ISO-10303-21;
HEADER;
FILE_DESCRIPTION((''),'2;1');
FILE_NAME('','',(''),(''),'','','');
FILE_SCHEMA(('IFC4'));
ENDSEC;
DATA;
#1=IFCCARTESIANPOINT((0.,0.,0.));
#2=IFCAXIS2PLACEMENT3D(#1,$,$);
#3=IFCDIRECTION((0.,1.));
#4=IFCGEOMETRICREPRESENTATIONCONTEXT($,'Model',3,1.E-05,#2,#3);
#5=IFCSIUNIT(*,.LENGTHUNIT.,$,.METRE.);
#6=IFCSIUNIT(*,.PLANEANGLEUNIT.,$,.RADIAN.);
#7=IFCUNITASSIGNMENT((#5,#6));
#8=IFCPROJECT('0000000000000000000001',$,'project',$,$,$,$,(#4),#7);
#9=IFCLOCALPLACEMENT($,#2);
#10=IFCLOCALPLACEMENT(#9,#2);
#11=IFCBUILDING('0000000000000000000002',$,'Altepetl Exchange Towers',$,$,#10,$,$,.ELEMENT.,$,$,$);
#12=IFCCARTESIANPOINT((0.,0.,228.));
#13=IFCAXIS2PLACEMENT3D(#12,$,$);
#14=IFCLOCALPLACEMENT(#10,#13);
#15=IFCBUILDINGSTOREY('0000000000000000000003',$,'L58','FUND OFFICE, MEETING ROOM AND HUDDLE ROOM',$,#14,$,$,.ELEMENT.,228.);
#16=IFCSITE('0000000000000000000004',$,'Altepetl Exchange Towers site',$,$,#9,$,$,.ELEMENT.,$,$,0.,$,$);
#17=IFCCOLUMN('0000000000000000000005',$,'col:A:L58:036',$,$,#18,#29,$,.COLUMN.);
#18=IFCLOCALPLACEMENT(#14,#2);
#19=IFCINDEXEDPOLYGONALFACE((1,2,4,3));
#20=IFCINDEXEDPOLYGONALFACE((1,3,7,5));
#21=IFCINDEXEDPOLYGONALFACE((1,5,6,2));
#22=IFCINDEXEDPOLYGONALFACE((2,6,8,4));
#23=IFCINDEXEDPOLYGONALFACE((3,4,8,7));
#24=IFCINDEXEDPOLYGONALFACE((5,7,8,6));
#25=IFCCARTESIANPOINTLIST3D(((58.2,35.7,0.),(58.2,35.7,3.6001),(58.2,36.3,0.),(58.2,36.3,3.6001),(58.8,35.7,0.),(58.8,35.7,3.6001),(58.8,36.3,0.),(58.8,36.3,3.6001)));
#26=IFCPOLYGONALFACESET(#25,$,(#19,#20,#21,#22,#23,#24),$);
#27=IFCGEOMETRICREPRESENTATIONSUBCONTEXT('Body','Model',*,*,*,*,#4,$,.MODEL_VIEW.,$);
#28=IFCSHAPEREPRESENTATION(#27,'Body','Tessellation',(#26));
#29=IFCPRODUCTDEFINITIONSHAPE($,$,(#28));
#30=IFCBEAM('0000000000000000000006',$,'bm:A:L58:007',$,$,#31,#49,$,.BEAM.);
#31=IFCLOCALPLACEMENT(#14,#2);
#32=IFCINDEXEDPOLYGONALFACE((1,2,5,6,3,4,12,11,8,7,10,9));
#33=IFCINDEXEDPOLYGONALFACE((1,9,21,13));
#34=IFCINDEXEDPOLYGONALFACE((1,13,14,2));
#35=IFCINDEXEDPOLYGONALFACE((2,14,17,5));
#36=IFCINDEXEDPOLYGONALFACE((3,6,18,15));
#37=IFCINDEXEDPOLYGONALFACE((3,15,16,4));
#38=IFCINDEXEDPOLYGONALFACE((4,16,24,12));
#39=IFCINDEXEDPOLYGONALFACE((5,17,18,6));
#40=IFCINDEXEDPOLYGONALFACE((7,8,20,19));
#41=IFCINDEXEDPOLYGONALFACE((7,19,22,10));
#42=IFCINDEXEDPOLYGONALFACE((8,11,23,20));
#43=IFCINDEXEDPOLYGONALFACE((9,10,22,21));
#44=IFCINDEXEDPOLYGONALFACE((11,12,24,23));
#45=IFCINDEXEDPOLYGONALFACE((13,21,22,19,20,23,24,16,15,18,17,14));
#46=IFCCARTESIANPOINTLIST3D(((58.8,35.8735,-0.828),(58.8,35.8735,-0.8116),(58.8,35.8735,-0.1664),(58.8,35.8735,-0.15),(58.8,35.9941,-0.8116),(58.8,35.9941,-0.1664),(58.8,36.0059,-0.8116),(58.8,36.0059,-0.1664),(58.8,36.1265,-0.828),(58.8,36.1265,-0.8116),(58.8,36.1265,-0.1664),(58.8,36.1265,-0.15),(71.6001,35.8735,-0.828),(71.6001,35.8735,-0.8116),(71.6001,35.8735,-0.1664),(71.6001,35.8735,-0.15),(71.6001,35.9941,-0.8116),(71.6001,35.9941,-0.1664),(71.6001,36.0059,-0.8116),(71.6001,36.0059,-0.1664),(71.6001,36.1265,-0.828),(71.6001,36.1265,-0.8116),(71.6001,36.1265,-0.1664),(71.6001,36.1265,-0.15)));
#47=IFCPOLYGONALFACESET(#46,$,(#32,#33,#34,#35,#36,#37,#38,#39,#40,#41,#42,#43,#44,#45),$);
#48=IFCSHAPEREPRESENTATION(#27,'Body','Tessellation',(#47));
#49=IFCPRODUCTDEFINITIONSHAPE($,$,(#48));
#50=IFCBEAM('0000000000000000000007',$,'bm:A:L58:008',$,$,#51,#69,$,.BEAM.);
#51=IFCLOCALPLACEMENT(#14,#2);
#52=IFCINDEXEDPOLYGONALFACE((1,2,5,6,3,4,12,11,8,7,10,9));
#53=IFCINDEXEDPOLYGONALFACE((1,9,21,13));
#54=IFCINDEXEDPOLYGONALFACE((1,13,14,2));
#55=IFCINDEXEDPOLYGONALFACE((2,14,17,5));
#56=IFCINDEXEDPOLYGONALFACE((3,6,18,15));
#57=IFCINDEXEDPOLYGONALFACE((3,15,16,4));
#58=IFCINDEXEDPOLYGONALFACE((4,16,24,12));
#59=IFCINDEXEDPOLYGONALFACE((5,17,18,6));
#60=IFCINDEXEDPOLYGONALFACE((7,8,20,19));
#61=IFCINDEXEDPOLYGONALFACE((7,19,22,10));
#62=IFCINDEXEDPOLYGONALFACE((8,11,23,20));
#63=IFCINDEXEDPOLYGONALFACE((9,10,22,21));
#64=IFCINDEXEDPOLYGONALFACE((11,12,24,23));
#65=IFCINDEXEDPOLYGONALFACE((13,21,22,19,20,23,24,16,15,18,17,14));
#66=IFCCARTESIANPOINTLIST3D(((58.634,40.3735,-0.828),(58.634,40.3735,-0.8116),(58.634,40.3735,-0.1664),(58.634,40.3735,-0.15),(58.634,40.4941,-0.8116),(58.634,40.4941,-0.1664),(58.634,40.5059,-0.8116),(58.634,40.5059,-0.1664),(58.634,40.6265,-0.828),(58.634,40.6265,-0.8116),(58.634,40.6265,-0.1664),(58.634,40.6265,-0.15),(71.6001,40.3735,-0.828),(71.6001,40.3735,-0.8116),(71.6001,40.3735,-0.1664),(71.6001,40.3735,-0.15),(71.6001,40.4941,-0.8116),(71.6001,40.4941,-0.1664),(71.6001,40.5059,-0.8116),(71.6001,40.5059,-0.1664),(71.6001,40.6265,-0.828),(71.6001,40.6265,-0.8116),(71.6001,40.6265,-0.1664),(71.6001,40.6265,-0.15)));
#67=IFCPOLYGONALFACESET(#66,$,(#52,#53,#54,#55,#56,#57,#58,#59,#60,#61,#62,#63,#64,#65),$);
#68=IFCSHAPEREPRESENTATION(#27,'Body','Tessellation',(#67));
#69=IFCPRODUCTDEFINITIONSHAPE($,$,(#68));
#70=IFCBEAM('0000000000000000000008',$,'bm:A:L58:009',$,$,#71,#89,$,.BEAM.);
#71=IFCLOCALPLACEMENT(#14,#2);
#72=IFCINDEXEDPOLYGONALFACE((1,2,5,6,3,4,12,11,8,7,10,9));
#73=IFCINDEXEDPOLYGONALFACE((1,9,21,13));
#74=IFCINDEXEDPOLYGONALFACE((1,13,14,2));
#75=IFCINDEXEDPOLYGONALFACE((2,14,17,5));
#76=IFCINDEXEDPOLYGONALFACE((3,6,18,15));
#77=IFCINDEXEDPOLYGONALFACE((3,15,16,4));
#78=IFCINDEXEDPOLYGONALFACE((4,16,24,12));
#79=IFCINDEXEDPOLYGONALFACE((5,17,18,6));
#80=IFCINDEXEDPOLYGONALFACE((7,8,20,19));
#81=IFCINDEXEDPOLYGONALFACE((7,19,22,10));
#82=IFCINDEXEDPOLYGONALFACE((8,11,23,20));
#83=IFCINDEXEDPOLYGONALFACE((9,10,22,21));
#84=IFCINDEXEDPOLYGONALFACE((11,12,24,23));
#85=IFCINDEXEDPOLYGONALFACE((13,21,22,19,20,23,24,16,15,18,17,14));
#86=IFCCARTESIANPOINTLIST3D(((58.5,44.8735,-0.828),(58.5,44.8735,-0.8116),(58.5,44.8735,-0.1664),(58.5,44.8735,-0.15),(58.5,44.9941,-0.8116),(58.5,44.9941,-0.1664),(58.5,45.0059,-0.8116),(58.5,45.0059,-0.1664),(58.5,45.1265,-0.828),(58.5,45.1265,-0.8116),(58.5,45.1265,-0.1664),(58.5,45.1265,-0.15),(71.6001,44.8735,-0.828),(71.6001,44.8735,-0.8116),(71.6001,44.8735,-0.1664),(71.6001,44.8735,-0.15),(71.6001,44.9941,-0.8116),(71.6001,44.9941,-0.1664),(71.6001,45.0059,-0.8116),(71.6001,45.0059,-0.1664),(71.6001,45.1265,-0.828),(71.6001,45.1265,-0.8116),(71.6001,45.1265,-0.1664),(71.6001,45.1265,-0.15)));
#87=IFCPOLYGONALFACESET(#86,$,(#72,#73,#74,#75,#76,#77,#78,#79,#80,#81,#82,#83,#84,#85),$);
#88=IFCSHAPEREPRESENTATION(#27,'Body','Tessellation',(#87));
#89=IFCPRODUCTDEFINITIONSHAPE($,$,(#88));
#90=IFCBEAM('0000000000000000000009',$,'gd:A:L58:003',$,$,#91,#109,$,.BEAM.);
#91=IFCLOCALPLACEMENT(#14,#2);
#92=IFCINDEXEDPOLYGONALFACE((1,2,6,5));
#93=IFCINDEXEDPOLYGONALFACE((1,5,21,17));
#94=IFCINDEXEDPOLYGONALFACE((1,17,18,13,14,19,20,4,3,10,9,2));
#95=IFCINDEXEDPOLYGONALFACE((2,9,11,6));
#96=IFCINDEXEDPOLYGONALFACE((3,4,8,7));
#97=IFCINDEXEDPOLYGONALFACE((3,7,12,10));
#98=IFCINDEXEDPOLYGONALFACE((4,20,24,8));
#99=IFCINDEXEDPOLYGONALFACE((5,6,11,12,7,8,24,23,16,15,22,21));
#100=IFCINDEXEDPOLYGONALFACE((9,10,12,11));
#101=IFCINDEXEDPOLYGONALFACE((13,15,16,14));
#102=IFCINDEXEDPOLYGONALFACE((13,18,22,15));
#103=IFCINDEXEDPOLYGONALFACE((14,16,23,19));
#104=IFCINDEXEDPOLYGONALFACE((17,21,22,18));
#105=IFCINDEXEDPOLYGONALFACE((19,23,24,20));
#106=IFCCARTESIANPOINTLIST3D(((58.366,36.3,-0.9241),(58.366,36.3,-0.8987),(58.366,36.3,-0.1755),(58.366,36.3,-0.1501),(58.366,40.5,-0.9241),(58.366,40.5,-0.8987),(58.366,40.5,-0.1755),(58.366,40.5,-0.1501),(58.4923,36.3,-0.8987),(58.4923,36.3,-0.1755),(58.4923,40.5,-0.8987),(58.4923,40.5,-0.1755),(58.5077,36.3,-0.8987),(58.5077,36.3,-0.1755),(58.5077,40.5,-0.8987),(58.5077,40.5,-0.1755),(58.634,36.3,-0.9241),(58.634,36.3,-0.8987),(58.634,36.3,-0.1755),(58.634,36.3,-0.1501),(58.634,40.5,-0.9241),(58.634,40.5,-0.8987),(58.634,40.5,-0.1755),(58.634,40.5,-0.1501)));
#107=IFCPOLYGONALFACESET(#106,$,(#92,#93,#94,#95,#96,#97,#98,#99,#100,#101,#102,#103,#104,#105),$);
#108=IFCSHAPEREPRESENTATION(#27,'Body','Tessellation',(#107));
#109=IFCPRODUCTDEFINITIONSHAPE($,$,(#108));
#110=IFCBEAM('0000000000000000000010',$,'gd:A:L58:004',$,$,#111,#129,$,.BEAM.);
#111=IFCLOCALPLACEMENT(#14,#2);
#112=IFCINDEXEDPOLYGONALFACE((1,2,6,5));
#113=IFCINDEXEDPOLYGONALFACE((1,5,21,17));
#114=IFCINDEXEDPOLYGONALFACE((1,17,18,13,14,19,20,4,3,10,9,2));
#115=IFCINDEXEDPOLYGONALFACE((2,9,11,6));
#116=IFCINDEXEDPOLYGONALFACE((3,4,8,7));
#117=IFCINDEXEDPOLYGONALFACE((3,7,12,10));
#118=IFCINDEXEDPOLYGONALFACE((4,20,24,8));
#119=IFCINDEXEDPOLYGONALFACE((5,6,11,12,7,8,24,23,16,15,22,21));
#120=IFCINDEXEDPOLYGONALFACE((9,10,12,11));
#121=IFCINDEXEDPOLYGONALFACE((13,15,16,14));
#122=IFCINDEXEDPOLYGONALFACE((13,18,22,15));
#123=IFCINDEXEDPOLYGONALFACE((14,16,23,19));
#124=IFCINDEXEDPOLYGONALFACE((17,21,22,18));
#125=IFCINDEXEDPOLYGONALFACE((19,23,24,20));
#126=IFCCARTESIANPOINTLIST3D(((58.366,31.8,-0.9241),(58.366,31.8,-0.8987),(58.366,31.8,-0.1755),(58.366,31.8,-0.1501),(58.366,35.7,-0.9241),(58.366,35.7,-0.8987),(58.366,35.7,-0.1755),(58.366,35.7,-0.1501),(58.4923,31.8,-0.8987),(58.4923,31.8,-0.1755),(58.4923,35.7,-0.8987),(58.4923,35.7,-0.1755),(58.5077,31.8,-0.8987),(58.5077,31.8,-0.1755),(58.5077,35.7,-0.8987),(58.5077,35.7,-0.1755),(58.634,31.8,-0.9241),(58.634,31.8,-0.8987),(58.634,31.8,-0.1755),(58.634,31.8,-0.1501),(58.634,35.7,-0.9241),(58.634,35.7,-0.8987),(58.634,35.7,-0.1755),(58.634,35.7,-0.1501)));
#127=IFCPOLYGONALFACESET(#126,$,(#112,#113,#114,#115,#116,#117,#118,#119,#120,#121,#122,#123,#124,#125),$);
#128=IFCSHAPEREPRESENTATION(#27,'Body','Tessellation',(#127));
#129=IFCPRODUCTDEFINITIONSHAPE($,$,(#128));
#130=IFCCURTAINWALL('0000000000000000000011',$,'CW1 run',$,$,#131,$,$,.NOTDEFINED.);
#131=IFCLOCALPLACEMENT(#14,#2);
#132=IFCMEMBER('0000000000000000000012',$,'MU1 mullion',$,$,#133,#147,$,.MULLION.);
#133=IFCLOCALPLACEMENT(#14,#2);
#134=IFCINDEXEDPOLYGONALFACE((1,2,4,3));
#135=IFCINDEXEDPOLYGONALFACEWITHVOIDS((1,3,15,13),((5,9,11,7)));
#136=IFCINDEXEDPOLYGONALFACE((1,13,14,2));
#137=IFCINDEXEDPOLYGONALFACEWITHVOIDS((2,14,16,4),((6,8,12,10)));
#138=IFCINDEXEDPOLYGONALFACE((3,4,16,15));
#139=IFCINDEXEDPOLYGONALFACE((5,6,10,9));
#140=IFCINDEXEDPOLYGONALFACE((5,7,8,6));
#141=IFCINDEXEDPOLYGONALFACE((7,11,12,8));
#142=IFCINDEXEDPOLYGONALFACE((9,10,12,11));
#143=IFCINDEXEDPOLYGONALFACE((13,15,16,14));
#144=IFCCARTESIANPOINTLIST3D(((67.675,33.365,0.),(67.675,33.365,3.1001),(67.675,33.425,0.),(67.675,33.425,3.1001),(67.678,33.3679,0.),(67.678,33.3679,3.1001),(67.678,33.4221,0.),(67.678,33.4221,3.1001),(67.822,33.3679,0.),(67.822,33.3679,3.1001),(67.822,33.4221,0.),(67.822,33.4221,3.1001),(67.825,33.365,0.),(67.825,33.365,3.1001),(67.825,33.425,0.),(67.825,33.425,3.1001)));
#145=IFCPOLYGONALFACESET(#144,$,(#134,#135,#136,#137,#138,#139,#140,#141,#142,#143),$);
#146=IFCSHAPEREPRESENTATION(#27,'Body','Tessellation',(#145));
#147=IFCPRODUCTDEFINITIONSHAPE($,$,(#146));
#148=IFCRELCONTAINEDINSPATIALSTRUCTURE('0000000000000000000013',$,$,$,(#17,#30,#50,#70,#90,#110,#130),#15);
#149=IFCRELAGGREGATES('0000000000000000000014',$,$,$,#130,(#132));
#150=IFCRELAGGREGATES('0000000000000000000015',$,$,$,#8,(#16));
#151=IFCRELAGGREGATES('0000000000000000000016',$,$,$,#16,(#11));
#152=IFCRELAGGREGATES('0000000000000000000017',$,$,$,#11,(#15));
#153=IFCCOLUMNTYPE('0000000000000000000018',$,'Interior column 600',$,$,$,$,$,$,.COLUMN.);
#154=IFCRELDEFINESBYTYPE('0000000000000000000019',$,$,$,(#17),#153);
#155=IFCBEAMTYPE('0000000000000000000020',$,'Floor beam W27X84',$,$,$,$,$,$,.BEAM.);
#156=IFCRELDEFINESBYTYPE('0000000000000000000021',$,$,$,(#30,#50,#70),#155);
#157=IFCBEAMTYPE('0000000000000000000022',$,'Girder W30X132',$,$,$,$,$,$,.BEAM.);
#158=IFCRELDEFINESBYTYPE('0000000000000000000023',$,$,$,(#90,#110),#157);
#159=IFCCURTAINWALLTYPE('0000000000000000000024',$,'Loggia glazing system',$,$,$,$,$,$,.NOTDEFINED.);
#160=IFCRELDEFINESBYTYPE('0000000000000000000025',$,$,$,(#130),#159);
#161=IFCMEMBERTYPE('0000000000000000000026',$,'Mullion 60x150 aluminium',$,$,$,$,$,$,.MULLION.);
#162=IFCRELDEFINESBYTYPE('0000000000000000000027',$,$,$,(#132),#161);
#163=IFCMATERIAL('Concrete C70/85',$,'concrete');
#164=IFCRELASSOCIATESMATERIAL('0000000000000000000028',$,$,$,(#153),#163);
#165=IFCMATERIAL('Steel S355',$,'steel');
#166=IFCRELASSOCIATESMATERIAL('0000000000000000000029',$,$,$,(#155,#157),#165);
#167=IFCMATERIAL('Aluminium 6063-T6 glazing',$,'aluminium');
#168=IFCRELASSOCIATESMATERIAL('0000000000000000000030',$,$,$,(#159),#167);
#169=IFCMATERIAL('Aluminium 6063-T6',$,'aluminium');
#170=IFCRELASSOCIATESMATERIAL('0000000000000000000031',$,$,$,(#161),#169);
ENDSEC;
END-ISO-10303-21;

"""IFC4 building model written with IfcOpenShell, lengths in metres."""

from ifc_helpers import new_model, si_unit, direction, frame, origin, origin_2d, place, context, subcontext, project, spatial, rectangle, hollow_rectangle, i_section, extrude, material, material_profile, profile_set, type_object, element, aggregate, save


model = new_model("IFC4")

# Units and contexts
model_context = context("Model", 3, precision=1e-05, world=origin(), true_north=direction((0.0, 1.0)))
body_context = subcontext(model_context, "Body", "Model", "MODEL_VIEW")
ifc_project = project(units=[si_unit("LENGTHUNIT", "METRE"), si_unit("PLANEANGLEUNIT", "RADIAN")], contexts=[model_context])

# Site, building, storey
site_placement = place(None, origin())
site = spatial("IfcSite", under=ifc_project, at=site_placement, Name="Altepetl Exchange Towers site", CompositionType="ELEMENT", RefElevation=0.0)
building_placement = place(site_placement, origin())
building = spatial("IfcBuilding", under=site, at=building_placement, Name="Altepetl Exchange Towers", CompositionType="ELEMENT")
storey_placement = place(building_placement, frame((0.0, 0.0, 228.0)))
storey = spatial("IfcBuildingStorey", under=building, at=storey_placement, Name="L58", Description="FUND OFFICE, MEETING ROOM AND HUDDLE ROOM", CompositionType="ELEMENT", Elevation=228.0)

# Column
ifc_material_1 = material(Name="Concrete C70/85", Category="concrete")
ifc_material_profile_1 = material_profile(ifc_material_1, rectangle(XDim=0.6001, YDim=0.6001, at=origin_2d()), Name="600 x 600")
ifc_profile_set_1 = profile_set([ifc_material_profile_1], Name="Concrete C70/85")
column_type = type_object("IfcColumnType", Name="Interior column 600", PredefinedType="COLUMN", material=ifc_profile_set_1)
column_placement = place(storey_placement, frame((58.5, 36.0, 0.0)))
element("IfcColumn", 1, at=column_placement, inside=storey, type_object=column_type, Name="col:A:L58:036", PredefinedType="COLUMN", context=body_context, shape_type="SweptSolid", body=[
    extrude(rectangle(XDim=0.6001, YDim=0.6001, at=origin_2d()), origin(), (0.0, 0.0, 1.0), 3.6001),
])

# Beams
ifc_material_2 = material(Name="Steel S355", Category="steel")
ifc_material_profile_2 = material_profile(ifc_material_2, i_section(OverallWidth=0.2529, OverallDepth=0.678, WebThickness=0.0117, FlangeThickness=0.0164, at=origin_2d()), Name="W27X84")
ifc_profile_set_2 = profile_set([ifc_material_profile_2], Name="Steel S355")
beam_type_1 = type_object("IfcBeamType", Name="Floor beam W27X84", PredefinedType="BEAM", material=ifc_profile_set_2)
beam_1_placement = place(storey_placement, frame((58.8, 36.0, -0.489), z_axis=(1.0, 0.0, 0.0), x_axis=(0.0, 1.0, 0.0)))
element("IfcBeam", 2, at=beam_1_placement, inside=storey, type_object=beam_type_1, Name="bm:A:L58:007", PredefinedType="BEAM", context=body_context, shape_type="SweptSolid", body=[
    extrude(i_section(OverallWidth=0.2529, OverallDepth=0.678, WebThickness=0.0117, FlangeThickness=0.0164, at=origin_2d()), origin(), (0.0, 0.0, 1.0), 12.8),
])
beam_2_placement = place(storey_placement, frame((58.634, 40.5, -0.489), z_axis=(1.0, 0.0, 0.0), x_axis=(0.0, 1.0, 0.0)))
element("IfcBeam", 3, at=beam_2_placement, inside=storey, type_object=beam_type_1, Name="bm:A:L58:008", PredefinedType="BEAM", context=body_context, shape_type="SweptSolid", body=[
    extrude(i_section(OverallWidth=0.2529, OverallDepth=0.678, WebThickness=0.0117, FlangeThickness=0.0164, at=origin_2d()), origin(), (0.0, 0.0, 1.0), 12.9661),
])
beam_3_placement = place(storey_placement, frame((58.5, 45.0, -0.489), z_axis=(1.0, 0.0, 0.0), x_axis=(0.0, 1.0, 0.0)))
element("IfcBeam", 4, at=beam_3_placement, inside=storey, type_object=beam_type_1, Name="bm:A:L58:009", PredefinedType="BEAM", context=body_context, shape_type="SweptSolid", body=[
    extrude(i_section(OverallWidth=0.2529, OverallDepth=0.678, WebThickness=0.0117, FlangeThickness=0.0164, at=origin_2d()), origin(), (0.0, 0.0, 1.0), 13.1001),
])
ifc_material_profile_3 = material_profile(ifc_material_2, i_section(OverallWidth=0.2681, OverallDepth=0.7739, WebThickness=0.0154, FlangeThickness=0.0254, at=origin_2d()), Name="W30X132")
ifc_profile_set_3 = profile_set([ifc_material_profile_3], Name="Steel S355")
beam_type_2 = type_object("IfcBeamType", Name="Girder W30X132", PredefinedType="BEAM", material=ifc_profile_set_3)
beam_4_placement = place(storey_placement, frame((58.5, 40.5, -0.5371), z_axis=(0.0, -1.0, 0.0), x_axis=(1.0, 0.0, 0.0)))
element("IfcBeam", 5, at=beam_4_placement, inside=storey, type_object=beam_type_2, Name="gd:A:L58:003", PredefinedType="BEAM", context=body_context, shape_type="SweptSolid", body=[
    extrude(i_section(OverallWidth=0.2681, OverallDepth=0.7739, WebThickness=0.0154, FlangeThickness=0.0254, at=origin_2d()), origin(), (0.0, 0.0, 1.0), 4.2),
])
beam_5_placement = place(storey_placement, frame((58.5, 35.7, -0.5371), z_axis=(0.0, -1.0, 0.0), x_axis=(1.0, 0.0, 0.0)))
element("IfcBeam", 6, at=beam_5_placement, inside=storey, type_object=beam_type_2, Name="gd:A:L58:004", PredefinedType="BEAM", context=body_context, shape_type="SweptSolid", body=[
    extrude(i_section(OverallWidth=0.2681, OverallDepth=0.7739, WebThickness=0.0154, FlangeThickness=0.0254, at=origin_2d()), origin(), (0.0, 0.0, 1.0), 3.8999),
])

# Curtain wall, member
ifc_material_3 = material(Name="Aluminium 6063-T6 glazing", Category="aluminium")
curtain_wall_type = type_object("IfcCurtainWallType", Name="Loggia glazing system", PredefinedType="NOTDEFINED", material=ifc_material_3)
curtain_wall_placement = place(storey_placement, origin())
curtain_wall = element("IfcCurtainWall", 7, at=curtain_wall_placement, inside=storey, type_object=curtain_wall_type, Name="CW1 run", PredefinedType="NOTDEFINED")
ifc_material_4 = material(Name="Aluminium 6063-T6", Category="aluminium")
ifc_material_profile_4 = material_profile(ifc_material_4, hollow_rectangle(XDim=0.0601, YDim=0.1499, WallThickness=0.0029, at=origin_2d()), Name="Mullion 60x150 aluminium")
ifc_profile_set_4 = profile_set([ifc_material_profile_4], Name="Aluminium 6063-T6")
member_type = type_object("IfcMemberType", Name="Mullion 60x150 aluminium", PredefinedType="MULLION", material=ifc_profile_set_4)
member_placement = place(storey_placement, frame((67.75, 33.395, 0.0), z_axis=(0.0, 0.0, 1.0), x_axis=(0.0, 1.0, 0.0)))
member = element("IfcMember", 8, at=member_placement, type_object=member_type, Name="MU1 mullion", PredefinedType="MULLION", context=body_context, shape_type="SweptSolid", body=[
    extrude(hollow_rectangle(XDim=0.0601, YDim=0.1499, WallThickness=0.0029, at=origin_2d()), origin(), (0.0, 0.0, 1.0), 3.1001),
])
aggregate(curtain_wall, [member])

save(model, "model.ifc")
